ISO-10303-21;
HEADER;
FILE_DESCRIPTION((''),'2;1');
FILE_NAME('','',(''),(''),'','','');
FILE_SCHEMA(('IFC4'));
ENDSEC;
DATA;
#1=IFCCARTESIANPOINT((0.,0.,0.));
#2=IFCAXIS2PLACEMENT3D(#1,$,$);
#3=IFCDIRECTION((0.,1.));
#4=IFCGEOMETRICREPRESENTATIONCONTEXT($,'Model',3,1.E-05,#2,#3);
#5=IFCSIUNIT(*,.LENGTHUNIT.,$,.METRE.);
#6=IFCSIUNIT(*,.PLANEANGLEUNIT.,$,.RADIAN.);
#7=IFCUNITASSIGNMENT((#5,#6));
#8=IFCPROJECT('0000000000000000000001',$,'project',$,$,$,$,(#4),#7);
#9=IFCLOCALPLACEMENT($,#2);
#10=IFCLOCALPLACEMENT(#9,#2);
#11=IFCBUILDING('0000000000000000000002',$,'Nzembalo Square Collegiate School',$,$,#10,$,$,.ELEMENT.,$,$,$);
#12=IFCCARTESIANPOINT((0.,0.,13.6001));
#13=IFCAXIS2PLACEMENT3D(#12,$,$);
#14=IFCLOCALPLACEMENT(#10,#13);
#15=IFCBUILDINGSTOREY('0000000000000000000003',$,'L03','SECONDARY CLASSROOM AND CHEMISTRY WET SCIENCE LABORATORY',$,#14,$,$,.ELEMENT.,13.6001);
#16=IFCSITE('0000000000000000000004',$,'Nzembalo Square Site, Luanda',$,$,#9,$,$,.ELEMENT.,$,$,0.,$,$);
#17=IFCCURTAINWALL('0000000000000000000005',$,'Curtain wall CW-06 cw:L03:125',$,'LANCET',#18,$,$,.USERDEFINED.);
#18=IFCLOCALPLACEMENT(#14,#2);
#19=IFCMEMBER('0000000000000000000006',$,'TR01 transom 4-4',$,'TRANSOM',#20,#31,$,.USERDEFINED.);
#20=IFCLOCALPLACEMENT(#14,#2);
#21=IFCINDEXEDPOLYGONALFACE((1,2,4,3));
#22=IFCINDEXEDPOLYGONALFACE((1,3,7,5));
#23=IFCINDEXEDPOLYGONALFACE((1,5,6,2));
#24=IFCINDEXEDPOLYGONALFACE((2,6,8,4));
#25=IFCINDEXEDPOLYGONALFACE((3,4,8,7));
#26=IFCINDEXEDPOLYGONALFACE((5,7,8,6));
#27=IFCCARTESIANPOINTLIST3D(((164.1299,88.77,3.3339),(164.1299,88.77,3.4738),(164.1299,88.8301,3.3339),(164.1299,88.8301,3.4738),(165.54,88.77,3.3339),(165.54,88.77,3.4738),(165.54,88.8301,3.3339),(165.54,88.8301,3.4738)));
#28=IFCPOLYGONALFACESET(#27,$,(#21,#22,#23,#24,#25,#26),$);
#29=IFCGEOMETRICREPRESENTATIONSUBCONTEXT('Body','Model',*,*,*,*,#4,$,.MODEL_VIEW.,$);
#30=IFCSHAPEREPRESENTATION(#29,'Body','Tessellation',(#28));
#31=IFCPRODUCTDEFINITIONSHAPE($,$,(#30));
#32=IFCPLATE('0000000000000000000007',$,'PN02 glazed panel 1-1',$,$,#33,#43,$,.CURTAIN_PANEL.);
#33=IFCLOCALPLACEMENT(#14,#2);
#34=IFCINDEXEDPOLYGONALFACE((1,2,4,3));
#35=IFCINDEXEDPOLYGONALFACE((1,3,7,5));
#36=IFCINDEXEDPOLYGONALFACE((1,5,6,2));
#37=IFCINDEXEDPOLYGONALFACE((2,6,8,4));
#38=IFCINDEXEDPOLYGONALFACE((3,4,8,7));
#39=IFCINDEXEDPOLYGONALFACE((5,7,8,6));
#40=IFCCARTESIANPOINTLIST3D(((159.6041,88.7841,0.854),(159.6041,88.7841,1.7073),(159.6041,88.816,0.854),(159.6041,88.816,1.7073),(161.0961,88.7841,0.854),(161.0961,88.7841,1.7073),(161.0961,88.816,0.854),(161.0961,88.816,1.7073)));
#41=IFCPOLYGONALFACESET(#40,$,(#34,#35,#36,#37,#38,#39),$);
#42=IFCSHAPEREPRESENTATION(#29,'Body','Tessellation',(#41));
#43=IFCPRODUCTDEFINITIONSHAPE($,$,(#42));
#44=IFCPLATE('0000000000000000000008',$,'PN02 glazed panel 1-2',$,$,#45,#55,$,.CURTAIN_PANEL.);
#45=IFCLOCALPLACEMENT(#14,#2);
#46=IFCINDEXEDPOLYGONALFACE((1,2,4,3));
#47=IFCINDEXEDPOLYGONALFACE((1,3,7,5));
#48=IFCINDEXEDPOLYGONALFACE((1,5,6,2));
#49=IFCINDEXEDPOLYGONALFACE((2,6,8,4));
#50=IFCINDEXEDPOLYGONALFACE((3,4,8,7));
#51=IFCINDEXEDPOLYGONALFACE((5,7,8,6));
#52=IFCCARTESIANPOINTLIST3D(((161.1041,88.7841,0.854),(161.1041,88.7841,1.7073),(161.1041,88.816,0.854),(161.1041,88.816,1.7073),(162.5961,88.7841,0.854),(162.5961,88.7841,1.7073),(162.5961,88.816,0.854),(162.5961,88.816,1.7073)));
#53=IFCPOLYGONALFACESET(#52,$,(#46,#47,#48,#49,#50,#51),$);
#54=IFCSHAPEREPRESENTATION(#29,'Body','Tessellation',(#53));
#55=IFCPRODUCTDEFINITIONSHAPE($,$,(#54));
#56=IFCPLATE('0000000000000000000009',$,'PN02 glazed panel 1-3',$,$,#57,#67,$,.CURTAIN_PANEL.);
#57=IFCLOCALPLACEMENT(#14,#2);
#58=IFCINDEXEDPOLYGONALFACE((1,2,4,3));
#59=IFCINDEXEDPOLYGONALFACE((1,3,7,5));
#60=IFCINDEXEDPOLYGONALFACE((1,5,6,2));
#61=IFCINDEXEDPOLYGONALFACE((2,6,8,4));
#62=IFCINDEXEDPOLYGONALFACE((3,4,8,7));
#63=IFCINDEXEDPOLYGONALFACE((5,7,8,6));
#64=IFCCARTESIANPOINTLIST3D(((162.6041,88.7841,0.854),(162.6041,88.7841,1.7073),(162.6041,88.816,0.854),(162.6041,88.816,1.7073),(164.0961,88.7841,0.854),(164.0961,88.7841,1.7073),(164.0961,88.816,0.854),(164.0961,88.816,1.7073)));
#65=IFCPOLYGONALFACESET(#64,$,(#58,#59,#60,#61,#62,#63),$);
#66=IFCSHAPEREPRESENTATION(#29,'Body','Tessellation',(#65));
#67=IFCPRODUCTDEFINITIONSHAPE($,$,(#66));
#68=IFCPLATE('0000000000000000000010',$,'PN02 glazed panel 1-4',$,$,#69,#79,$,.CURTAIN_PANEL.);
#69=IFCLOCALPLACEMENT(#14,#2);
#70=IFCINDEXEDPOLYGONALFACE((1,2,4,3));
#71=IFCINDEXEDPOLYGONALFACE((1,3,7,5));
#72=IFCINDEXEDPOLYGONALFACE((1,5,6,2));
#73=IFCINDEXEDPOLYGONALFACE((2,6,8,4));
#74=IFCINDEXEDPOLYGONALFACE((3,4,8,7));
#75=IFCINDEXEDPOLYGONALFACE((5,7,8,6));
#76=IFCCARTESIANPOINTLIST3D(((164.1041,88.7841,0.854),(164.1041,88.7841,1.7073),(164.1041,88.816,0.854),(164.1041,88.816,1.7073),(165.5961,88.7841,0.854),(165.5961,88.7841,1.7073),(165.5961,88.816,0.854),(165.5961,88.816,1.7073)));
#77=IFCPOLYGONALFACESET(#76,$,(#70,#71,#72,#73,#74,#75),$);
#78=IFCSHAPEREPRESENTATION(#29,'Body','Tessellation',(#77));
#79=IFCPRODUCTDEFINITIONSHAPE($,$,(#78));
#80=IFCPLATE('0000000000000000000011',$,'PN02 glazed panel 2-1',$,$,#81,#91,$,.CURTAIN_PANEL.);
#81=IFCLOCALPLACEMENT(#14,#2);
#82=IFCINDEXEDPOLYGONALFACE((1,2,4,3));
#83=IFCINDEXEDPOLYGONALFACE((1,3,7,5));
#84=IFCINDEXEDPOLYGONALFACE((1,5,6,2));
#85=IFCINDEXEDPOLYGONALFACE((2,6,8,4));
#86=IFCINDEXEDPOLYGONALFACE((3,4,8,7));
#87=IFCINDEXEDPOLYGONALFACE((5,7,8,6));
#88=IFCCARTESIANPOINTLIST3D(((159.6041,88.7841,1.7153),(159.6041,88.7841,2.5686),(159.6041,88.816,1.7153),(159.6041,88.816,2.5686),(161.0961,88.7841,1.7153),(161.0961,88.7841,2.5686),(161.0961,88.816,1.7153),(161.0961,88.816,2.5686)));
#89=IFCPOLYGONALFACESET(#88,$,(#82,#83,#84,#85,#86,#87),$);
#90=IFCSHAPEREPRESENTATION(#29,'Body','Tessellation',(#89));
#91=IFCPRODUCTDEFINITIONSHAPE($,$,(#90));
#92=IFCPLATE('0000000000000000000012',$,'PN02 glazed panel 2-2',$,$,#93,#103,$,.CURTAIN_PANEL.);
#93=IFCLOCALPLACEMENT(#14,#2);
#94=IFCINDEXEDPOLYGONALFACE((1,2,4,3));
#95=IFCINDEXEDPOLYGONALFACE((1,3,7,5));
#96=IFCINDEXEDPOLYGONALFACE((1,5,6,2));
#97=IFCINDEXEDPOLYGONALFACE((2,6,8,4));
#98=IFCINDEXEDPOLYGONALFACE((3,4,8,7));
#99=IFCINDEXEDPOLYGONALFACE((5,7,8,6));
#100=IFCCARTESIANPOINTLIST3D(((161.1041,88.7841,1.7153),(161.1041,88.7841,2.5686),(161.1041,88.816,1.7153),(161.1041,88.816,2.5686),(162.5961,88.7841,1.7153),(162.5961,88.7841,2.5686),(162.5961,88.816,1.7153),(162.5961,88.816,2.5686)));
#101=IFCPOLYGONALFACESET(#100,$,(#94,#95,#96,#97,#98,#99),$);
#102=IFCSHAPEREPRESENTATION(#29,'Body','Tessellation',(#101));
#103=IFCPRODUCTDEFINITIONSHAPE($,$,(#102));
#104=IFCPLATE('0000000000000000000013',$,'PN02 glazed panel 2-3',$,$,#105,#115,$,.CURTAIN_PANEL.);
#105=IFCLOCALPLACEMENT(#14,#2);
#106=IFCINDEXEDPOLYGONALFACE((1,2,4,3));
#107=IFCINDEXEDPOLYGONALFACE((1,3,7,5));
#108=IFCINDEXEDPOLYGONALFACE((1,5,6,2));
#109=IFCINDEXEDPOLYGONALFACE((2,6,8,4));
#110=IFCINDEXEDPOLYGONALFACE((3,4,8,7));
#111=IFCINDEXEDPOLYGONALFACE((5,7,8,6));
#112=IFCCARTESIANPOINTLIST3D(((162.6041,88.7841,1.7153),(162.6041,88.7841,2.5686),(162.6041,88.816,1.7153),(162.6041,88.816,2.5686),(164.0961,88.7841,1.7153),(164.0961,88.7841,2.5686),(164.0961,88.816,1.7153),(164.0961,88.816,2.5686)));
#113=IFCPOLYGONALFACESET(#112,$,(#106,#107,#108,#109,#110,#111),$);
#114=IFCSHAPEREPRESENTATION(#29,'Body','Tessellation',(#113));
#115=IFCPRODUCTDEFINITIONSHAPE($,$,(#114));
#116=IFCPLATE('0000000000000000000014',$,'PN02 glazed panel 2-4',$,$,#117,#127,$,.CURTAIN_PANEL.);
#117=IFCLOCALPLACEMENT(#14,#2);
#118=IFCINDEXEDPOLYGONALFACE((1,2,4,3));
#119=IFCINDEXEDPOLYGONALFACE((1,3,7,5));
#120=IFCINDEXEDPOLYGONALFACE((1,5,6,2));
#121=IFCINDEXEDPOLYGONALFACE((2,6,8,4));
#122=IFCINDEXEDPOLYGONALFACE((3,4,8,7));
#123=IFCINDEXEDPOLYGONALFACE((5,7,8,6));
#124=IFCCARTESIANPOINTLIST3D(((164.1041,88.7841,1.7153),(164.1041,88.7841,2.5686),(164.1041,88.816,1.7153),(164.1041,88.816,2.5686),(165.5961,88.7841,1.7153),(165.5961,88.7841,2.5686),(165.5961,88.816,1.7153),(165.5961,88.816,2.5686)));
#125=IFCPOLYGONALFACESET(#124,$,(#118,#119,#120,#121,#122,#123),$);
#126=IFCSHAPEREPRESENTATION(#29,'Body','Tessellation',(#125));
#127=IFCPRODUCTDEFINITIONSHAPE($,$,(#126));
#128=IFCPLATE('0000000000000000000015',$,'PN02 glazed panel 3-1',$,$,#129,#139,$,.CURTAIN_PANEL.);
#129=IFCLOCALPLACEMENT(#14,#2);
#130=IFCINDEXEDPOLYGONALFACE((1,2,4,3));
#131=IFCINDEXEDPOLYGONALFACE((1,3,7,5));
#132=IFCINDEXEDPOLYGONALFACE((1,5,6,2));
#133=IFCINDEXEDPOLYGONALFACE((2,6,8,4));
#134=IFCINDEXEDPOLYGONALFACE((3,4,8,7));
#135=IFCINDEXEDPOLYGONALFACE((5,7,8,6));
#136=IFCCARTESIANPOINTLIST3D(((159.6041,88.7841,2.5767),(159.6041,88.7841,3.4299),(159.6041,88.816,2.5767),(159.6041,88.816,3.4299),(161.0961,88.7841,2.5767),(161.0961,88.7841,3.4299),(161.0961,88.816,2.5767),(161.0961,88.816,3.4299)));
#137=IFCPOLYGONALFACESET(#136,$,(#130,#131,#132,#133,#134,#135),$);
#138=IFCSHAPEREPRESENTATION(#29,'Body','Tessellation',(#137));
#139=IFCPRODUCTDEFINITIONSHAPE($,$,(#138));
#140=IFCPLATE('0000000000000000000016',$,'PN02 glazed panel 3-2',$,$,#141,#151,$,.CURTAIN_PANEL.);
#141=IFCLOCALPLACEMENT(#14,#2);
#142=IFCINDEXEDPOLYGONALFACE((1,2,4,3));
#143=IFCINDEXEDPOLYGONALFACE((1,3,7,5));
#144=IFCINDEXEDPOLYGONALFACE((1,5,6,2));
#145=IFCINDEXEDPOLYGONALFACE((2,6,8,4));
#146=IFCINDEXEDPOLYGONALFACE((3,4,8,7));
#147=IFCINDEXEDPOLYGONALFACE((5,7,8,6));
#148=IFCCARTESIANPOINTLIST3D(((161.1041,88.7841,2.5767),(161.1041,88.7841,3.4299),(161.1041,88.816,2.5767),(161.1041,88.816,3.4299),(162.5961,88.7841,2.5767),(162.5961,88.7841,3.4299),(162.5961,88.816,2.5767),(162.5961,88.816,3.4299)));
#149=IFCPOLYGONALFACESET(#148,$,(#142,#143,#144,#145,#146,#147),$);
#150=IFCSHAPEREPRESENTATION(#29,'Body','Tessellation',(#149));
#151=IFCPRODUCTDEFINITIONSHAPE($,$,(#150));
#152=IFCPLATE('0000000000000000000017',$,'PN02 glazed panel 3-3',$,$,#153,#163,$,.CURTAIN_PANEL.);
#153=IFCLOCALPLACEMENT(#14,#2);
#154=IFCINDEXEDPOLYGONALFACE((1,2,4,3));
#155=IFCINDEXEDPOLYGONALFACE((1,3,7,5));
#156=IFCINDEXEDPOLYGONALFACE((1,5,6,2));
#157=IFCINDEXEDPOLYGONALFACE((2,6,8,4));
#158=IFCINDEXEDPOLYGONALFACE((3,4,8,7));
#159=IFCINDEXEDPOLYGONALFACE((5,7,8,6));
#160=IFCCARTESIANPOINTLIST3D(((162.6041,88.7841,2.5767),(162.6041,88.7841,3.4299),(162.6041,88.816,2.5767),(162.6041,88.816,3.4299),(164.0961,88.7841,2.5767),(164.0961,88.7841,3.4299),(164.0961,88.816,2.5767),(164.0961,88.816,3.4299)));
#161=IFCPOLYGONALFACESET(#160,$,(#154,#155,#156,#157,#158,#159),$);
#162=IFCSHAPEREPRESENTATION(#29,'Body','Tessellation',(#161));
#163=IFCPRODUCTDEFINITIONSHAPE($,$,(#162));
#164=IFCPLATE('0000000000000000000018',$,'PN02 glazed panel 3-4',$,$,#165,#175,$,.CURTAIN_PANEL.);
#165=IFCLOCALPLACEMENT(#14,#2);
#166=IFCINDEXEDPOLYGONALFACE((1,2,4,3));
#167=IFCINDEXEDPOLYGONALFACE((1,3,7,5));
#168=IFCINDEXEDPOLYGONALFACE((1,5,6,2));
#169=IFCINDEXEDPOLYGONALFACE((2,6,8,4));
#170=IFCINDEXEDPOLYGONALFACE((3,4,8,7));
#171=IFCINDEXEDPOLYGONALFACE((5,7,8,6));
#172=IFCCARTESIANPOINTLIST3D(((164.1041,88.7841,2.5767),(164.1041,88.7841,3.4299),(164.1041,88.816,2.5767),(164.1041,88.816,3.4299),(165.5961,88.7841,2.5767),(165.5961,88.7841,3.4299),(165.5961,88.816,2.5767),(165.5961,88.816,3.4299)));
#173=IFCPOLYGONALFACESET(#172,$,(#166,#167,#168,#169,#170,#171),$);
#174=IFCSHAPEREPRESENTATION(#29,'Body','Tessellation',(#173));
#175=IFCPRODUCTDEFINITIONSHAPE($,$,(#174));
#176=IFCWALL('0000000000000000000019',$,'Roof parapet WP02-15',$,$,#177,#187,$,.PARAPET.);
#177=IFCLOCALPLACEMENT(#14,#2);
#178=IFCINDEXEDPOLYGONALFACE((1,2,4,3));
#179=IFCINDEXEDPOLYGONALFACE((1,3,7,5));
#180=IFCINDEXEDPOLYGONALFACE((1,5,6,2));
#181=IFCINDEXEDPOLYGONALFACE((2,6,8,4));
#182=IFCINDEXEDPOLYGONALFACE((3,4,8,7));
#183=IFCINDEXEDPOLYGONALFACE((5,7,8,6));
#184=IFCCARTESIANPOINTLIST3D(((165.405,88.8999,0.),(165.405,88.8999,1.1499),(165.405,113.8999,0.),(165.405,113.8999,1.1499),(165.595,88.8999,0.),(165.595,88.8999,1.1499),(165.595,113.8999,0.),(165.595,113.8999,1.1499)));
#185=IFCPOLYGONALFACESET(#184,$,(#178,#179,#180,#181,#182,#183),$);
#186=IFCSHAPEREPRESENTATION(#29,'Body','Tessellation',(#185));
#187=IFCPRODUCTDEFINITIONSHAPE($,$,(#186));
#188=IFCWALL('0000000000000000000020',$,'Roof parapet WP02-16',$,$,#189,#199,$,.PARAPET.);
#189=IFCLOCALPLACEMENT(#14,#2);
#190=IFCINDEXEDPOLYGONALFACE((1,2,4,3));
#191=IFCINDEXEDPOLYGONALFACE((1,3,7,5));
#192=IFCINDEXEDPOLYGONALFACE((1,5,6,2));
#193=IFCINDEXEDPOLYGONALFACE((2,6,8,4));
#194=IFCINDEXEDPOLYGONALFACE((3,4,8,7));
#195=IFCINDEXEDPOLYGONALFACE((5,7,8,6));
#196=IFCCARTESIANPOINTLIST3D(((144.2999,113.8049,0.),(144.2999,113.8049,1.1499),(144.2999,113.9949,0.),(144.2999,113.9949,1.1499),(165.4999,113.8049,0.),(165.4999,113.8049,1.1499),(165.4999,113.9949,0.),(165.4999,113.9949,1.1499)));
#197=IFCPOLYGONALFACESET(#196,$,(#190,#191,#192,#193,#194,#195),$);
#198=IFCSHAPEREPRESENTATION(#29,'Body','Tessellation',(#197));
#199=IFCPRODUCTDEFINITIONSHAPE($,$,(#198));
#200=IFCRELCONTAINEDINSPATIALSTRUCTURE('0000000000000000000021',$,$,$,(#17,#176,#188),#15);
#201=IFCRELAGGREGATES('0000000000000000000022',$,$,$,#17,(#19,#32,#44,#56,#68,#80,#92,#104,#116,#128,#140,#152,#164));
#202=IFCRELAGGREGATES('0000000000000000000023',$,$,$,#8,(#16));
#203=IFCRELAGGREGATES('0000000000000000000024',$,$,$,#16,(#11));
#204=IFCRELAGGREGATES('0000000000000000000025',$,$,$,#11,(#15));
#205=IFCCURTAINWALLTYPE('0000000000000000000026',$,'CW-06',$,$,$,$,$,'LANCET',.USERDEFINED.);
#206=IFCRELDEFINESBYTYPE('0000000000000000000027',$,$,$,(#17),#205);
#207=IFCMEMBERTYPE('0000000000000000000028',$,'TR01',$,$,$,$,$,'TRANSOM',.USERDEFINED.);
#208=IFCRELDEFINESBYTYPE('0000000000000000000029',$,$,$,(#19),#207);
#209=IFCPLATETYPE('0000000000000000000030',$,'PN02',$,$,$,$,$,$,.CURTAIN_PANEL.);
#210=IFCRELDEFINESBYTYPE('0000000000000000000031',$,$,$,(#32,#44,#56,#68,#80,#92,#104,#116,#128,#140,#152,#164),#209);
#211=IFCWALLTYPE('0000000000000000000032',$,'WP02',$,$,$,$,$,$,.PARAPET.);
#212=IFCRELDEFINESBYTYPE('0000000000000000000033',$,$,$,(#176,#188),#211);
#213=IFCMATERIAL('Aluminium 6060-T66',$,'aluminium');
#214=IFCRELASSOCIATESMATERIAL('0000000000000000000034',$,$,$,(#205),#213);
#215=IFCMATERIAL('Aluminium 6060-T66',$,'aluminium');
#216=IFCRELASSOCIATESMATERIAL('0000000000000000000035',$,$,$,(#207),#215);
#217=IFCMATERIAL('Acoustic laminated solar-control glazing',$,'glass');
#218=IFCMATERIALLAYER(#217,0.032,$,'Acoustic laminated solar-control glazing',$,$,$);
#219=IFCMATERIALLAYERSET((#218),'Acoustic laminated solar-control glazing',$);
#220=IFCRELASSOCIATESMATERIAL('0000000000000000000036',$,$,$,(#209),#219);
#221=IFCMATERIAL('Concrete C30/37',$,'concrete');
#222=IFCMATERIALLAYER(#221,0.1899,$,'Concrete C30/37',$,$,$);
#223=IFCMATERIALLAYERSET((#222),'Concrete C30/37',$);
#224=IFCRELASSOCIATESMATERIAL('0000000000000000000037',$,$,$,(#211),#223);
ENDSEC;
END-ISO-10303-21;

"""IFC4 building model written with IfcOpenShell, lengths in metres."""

from ifc_helpers import new_model, si_unit, direction, frame, frame_2d, origin, origin_2d, place, context, subcontext, project, spatial, rectangle, extrude, material, layer, layer_set, material_profile, profile_set, type_object, element, aggregate, save


model = new_model("IFC4")

# Units and contexts
model_context = context("Model", 3, precision=1e-05, world=origin(), true_north=direction((0.0, 1.0)))
body_context = subcontext(model_context, "Body", "Model", "MODEL_VIEW")
ifc_project = project(units=[si_unit("LENGTHUNIT", "METRE"), si_unit("PLANEANGLEUNIT", "RADIAN")], contexts=[model_context])

# Site, building, storey
site_placement = place(None, origin())
site = spatial("IfcSite", under=ifc_project, at=site_placement, Name="Nzembalo Square Site, Luanda", CompositionType="ELEMENT", RefElevation=0.0)
building_placement = place(site_placement, origin())
building = spatial("IfcBuilding", under=site, at=building_placement, Name="Nzembalo Square Collegiate School", CompositionType="ELEMENT")
storey_placement = place(building_placement, frame((0.0, 0.0, 13.6001)))
storey = spatial("IfcBuildingStorey", under=building, at=storey_placement, Name="L03", Description="SECONDARY CLASSROOM AND CHEMISTRY WET SCIENCE LABORATORY", CompositionType="ELEMENT", Elevation=13.6001)

# Curtain wall, member, plates
ifc_material_1 = material(Name="Aluminium 6060-T66", Category="aluminium")
curtain_wall_type = type_object("IfcCurtainWallType", Name="CW-06", ElementType="LANCET", PredefinedType="USERDEFINED", material=ifc_material_1)
curtain_wall_placement = place(storey_placement, origin())
curtain_wall = element("IfcCurtainWall", 1, at=curtain_wall_placement, inside=storey, type_object=curtain_wall_type, Name="Curtain wall CW-06 cw:L03:125", ObjectType="LANCET", PredefinedType="USERDEFINED")
ifc_material_2 = material(Name="Aluminium 6060-T66", Category="aluminium")
ifc_material_profile_1 = material_profile(ifc_material_2, rectangle(XDim=0.0601, YDim=0.1399, at=origin_2d()), Name="ALU T60x140")
ifc_profile_set_1 = profile_set([ifc_material_profile_1], Name="Aluminium 6060-T66")
member_type_1 = type_object("IfcMemberType", Name="TR01", ElementType="TRANSOM", PredefinedType="USERDEFINED", material=ifc_profile_set_1)
member_1_placement = place(storey_placement, frame((164.1299, 88.8, 3.4038), z_axis=(1.0, 0.0, 0.0), x_axis=(0.0, 1.0, 0.0)))
member_1 = element("IfcMember", 2, at=member_1_placement, type_object=member_type_1, Name="TR01 transom 4-4", ObjectType="TRANSOM", PredefinedType="USERDEFINED", context=body_context, shape_type="SweptSolid", body=[
    extrude(rectangle(XDim=0.0601, YDim=0.1399, at=origin_2d()), origin(), (0.0, 0.0, 1.0), 1.4102),
])
ifc_material_3 = material(Name="Acoustic laminated solar-control glazing", Category="glass")
ifc_layer_1 = layer(ifc_material_3, 0.032, Name="Acoustic laminated solar-control glazing")
ifc_layer_set_1 = layer_set([ifc_layer_1], Name="Acoustic laminated solar-control glazing")
plate_type = type_object("IfcPlateType", Name="PN02", PredefinedType="CURTAIN_PANEL", material=ifc_layer_set_1)
plate_1_placement = place(storey_placement, frame((160.3501, 88.8, 0.854), z_axis=(0.0, 0.0, 1.0), x_axis=(1.0, 0.0, 0.0)))
plate_1 = element("IfcPlate", 3, at=plate_1_placement, type_object=plate_type, Name="PN02 glazed panel 1-1", PredefinedType="CURTAIN_PANEL", context=body_context, shape_type="SweptSolid", body=[
    extrude(rectangle(XDim=1.4919, YDim=0.032, at=origin_2d()), origin(), (0.0, 0.0, 1.0), 0.8533),
])
plate_2_placement = place(storey_placement, frame((161.8501, 88.8, 0.854), z_axis=(0.0, 0.0, 1.0), x_axis=(1.0, 0.0, 0.0)))
plate_2 = element("IfcPlate", 4, at=plate_2_placement, type_object=plate_type, Name="PN02 glazed panel 1-2", PredefinedType="CURTAIN_PANEL", context=body_context, shape_type="SweptSolid", body=[
    extrude(rectangle(XDim=1.4919, YDim=0.032, at=origin_2d()), origin(), (0.0, 0.0, 1.0), 0.8533),
])
plate_3_placement = place(storey_placement, frame((163.3501, 88.8, 0.854), z_axis=(0.0, 0.0, 1.0), x_axis=(1.0, 0.0, 0.0)))
plate_3 = element("IfcPlate", 5, at=plate_3_placement, type_object=plate_type, Name="PN02 glazed panel 1-3", PredefinedType="CURTAIN_PANEL", context=body_context, shape_type="SweptSolid", body=[
    extrude(rectangle(XDim=1.4919, YDim=0.032, at=origin_2d()), origin(), (0.0, 0.0, 1.0), 0.8533),
])
plate_4_placement = place(storey_placement, frame((164.8501, 88.8, 0.854), z_axis=(0.0, 0.0, 1.0), x_axis=(1.0, 0.0, 0.0)))
plate_4 = element("IfcPlate", 6, at=plate_4_placement, type_object=plate_type, Name="PN02 glazed panel 1-4", PredefinedType="CURTAIN_PANEL", context=body_context, shape_type="SweptSolid", body=[
    extrude(rectangle(XDim=1.4919, YDim=0.032, at=origin_2d()), origin(), (0.0, 0.0, 1.0), 0.8533),
])
plate_5_placement = place(storey_placement, frame((160.3501, 88.8, 1.7153), z_axis=(0.0, 0.0, 1.0), x_axis=(1.0, 0.0, 0.0)))
plate_5 = element("IfcPlate", 7, at=plate_5_placement, type_object=plate_type, Name="PN02 glazed panel 2-1", PredefinedType="CURTAIN_PANEL", context=body_context, shape_type="SweptSolid", body=[
    extrude(rectangle(XDim=1.4919, YDim=0.032, at=origin_2d()), origin(), (0.0, 0.0, 1.0), 0.8533),
])
plate_6_placement = place(storey_placement, frame((161.8501, 88.8, 1.7153), z_axis=(0.0, 0.0, 1.0), x_axis=(1.0, 0.0, 0.0)))
plate_6 = element("IfcPlate", 8, at=plate_6_placement, type_object=plate_type, Name="PN02 glazed panel 2-2", PredefinedType="CURTAIN_PANEL", context=body_context, shape_type="SweptSolid", body=[
    extrude(rectangle(XDim=1.4919, YDim=0.032, at=origin_2d()), origin(), (0.0, 0.0, 1.0), 0.8533),
])
plate_7_placement = place(storey_placement, frame((163.3501, 88.8, 1.7153), z_axis=(0.0, 0.0, 1.0), x_axis=(1.0, 0.0, 0.0)))
plate_7 = element("IfcPlate", 9, at=plate_7_placement, type_object=plate_type, Name="PN02 glazed panel 2-3", PredefinedType="CURTAIN_PANEL", context=body_context, shape_type="SweptSolid", body=[
    extrude(rectangle(XDim=1.4919, YDim=0.032, at=origin_2d()), origin(), (0.0, 0.0, 1.0), 0.8533),
])
plate_8_placement = place(storey_placement, frame((164.8501, 88.8, 1.7153), z_axis=(0.0, 0.0, 1.0), x_axis=(1.0, 0.0, 0.0)))
plate_8 = element("IfcPlate", 10, at=plate_8_placement, type_object=plate_type, Name="PN02 glazed panel 2-4", PredefinedType="CURTAIN_PANEL", context=body_context, shape_type="SweptSolid", body=[
    extrude(rectangle(XDim=1.4919, YDim=0.032, at=origin_2d()), origin(), (0.0, 0.0, 1.0), 0.8533),
])
plate_9_placement = place(storey_placement, frame((160.3501, 88.8, 2.5767), z_axis=(0.0, 0.0, 1.0), x_axis=(1.0, 0.0, 0.0)))
plate_9 = element("IfcPlate", 11, at=plate_9_placement, type_object=plate_type, Name="PN02 glazed panel 3-1", PredefinedType="CURTAIN_PANEL", context=body_context, shape_type="SweptSolid", body=[
    extrude(rectangle(XDim=1.4919, YDim=0.032, at=origin_2d()), origin(), (0.0, 0.0, 1.0), 0.8533),
])
plate_10_placement = place(storey_placement, frame((161.8501, 88.8, 2.5767), z_axis=(0.0, 0.0, 1.0), x_axis=(1.0, 0.0, 0.0)))
plate_10 = element("IfcPlate", 12, at=plate_10_placement, type_object=plate_type, Name="PN02 glazed panel 3-2", PredefinedType="CURTAIN_PANEL", context=body_context, shape_type="SweptSolid", body=[
    extrude(rectangle(XDim=1.4919, YDim=0.032, at=origin_2d()), origin(), (0.0, 0.0, 1.0), 0.8533),
])
plate_11_placement = place(storey_placement, frame((163.3501, 88.8, 2.5767), z_axis=(0.0, 0.0, 1.0), x_axis=(1.0, 0.0, 0.0)))
plate_11 = element("IfcPlate", 13, at=plate_11_placement, type_object=plate_type, Name="PN02 glazed panel 3-3", PredefinedType="CURTAIN_PANEL", context=body_context, shape_type="SweptSolid", body=[
    extrude(rectangle(XDim=1.4919, YDim=0.032, at=origin_2d()), origin(), (0.0, 0.0, 1.0), 0.8533),
])
plate_12_placement = place(storey_placement, frame((164.8501, 88.8, 2.5767), z_axis=(0.0, 0.0, 1.0), x_axis=(1.0, 0.0, 0.0)))
plate_12 = element("IfcPlate", 14, at=plate_12_placement, type_object=plate_type, Name="PN02 glazed panel 3-4", PredefinedType="CURTAIN_PANEL", context=body_context, shape_type="SweptSolid", body=[
    extrude(rectangle(XDim=1.4919, YDim=0.032, at=origin_2d()), origin(), (0.0, 0.0, 1.0), 0.8533),
])
aggregate(curtain_wall, [member_1, plate_1, plate_2, plate_3, plate_4, plate_5, plate_6, plate_7, plate_8, plate_9, plate_10, plate_11, plate_12])

# Walls
ifc_material_4 = material(Name="Concrete C30/37", Category="concrete")
ifc_layer_2 = layer(ifc_material_4, 0.1899, Name="Concrete C30/37")
ifc_layer_set_2 = layer_set([ifc_layer_2], Name="Concrete C30/37")
wall_type = type_object("IfcWallType", Name="WP02", PredefinedType="PARAPET", material=ifc_layer_set_2)
wall_1_placement = place(storey_placement, frame((165.5, 88.8999, 0.0), z_axis=(0.0, 0.0, 1.0), x_axis=(0.0, 1.0, 0.0)))
element("IfcWall", 15, at=wall_1_placement, inside=storey, type_object=wall_type, Name="Roof parapet WP02-15", PredefinedType="PARAPET", context=body_context, shape_type="SweptSolid", body=[
    extrude(rectangle(XDim=25.0, YDim=0.1899, at=frame_2d((12.5, 0.0))), origin(), (0.0, 0.0, 1.0), 1.1499),
])
wall_2_placement = place(storey_placement, frame((165.5, 113.8999, 0.0), z_axis=(0.0, 0.0, 1.0), x_axis=(-1.0, 0.0, 0.0)))
element("IfcWall", 16, at=wall_2_placement, inside=storey, type_object=wall_type, Name="Roof parapet WP02-16", PredefinedType="PARAPET", context=body_context, shape_type="SweptSolid", body=[
    extrude(rectangle(XDim=21.2, YDim=0.1899, at=frame_2d((10.6001, 0.0))), origin(), (0.0, 0.0, 1.0), 1.1499),
])

save(model, "model.ifc")
